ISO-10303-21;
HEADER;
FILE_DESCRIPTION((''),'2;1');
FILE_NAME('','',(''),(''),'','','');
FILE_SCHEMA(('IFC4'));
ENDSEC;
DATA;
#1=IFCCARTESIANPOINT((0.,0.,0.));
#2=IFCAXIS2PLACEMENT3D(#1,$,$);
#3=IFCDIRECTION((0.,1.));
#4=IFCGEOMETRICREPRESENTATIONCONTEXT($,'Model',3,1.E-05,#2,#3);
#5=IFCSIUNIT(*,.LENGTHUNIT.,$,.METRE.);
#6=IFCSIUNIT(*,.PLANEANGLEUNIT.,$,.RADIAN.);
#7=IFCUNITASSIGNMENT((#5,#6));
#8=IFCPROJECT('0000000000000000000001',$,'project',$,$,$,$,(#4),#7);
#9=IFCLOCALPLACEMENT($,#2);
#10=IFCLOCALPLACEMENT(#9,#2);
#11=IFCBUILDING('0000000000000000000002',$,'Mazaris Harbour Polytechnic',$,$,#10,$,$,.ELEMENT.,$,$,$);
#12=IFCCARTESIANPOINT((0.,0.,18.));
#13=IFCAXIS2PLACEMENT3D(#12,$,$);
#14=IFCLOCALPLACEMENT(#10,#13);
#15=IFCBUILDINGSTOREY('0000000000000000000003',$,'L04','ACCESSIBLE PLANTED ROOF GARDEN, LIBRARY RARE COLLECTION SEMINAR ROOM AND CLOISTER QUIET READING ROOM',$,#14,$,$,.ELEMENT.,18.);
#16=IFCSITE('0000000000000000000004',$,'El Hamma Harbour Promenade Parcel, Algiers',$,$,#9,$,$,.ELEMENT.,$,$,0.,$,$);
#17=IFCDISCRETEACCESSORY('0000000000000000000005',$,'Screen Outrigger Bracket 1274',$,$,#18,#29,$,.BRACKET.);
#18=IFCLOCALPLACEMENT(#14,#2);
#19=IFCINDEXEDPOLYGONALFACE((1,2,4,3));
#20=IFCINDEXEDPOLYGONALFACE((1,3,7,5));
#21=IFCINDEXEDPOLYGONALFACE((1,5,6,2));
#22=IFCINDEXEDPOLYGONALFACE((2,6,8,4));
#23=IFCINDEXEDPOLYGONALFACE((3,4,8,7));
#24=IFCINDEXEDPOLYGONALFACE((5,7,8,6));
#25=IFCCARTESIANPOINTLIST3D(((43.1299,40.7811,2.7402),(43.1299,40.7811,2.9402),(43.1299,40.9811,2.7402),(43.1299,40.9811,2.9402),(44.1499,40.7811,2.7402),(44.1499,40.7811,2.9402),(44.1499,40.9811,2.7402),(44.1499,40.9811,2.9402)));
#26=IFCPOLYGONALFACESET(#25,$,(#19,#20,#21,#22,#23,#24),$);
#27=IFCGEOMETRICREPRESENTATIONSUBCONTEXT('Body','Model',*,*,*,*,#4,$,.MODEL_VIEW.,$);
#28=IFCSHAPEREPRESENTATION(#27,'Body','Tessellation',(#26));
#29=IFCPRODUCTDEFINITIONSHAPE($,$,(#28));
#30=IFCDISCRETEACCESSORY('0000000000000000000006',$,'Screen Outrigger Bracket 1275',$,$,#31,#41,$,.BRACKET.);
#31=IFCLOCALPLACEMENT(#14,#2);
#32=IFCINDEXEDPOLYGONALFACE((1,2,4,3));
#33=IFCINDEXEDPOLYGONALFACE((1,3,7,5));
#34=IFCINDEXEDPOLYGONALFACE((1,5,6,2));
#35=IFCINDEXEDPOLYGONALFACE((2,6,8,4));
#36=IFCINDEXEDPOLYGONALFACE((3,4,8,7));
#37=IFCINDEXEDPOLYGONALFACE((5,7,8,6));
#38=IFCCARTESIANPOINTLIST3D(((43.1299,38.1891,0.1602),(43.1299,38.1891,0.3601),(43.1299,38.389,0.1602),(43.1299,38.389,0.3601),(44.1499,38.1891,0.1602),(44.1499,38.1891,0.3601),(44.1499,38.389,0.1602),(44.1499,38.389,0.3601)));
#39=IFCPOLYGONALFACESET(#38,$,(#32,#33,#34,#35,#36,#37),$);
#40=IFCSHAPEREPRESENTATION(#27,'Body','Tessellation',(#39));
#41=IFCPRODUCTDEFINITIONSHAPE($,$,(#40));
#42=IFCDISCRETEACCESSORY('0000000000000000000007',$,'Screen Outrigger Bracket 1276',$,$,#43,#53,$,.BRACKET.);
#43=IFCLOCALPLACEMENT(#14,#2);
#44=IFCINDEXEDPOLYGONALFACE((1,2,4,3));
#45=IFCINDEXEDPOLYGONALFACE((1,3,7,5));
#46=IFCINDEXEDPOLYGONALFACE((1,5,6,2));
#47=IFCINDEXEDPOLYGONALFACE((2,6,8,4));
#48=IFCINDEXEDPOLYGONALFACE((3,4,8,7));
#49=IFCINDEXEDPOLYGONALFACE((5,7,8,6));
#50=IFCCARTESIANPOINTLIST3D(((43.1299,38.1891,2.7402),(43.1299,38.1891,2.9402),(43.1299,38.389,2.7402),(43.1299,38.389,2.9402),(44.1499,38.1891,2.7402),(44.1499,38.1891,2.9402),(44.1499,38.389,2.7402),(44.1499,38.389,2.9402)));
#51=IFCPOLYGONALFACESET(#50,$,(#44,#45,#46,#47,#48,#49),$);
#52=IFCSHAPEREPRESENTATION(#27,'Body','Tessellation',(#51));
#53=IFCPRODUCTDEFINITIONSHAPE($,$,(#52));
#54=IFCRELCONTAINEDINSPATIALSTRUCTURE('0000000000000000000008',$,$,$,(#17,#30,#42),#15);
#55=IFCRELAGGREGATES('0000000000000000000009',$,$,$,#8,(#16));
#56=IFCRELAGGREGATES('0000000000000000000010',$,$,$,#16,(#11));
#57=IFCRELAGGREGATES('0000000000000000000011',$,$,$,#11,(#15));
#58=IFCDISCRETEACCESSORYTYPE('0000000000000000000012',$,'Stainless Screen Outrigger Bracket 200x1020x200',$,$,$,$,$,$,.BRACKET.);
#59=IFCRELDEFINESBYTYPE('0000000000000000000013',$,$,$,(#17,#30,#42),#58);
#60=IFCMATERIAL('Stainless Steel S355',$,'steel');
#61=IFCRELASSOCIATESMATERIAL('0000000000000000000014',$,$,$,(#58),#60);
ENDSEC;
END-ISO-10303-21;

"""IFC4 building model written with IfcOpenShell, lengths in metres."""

from ifc_helpers import new_model, si_unit, direction, frame, origin, origin_2d, place, context, subcontext, project, spatial, rectangle, extrude, material, type_object, element, save


model = new_model("IFC4")

# Units and contexts
model_context = context("Model", 3, precision=1e-05, world=origin(), true_north=direction((0.0, 1.0)))
body_context = subcontext(model_context, "Body", "Model", "MODEL_VIEW")
ifc_project = project(units=[si_unit("LENGTHUNIT", "METRE"), si_unit("PLANEANGLEUNIT", "RADIAN")], contexts=[model_context])

# Site, building, storey
site_placement = place(None, origin())
site = spatial("IfcSite", under=ifc_project, at=site_placement, Name="El Hamma Harbour Promenade Parcel, Algiers", CompositionType="ELEMENT", RefElevation=0.0)
building_placement = place(site_placement, origin())
building = spatial("IfcBuilding", under=site, at=building_placement, Name="Mazaris Harbour Polytechnic", CompositionType="ELEMENT")
storey_placement = place(building_placement, frame((0.0, 0.0, 18.0)))
storey = spatial("IfcBuildingStorey", under=building, at=storey_placement, Name="L04", Description="ACCESSIBLE PLANTED ROOF GARDEN, LIBRARY RARE COLLECTION SEMINAR ROOM AND CLOISTER QUIET READING ROOM", CompositionType="ELEMENT", Elevation=18.0)

# Discrete accessories
ifc_material_1 = material(Name="Stainless Steel S355", Category="steel")
discrete_accessory_type = type_object("IfcDiscreteAccessoryType", Name="Stainless Screen Outrigger Bracket 200x1020x200", PredefinedType="BRACKET", material=ifc_material_1)
for number, where, z_axis, x_axis, name in (
    (1, (43.6399, 40.8811, 2.7402), (0.0, 0.0, 1.0), (0.0, -1.0, 0.0), "Screen Outrigger Bracket 1274"),
    (2, (43.6399, 38.2891, 0.1602), (0.0, 0.0, 1.0), (0.0, -1.0, 0.0), "Screen Outrigger Bracket 1275"),
    (3, (43.6399, 38.2891, 2.7402), (0.0, 0.0, 1.0), (0.0, -1.0, 0.0), "Screen Outrigger Bracket 1276"),
):
    element("IfcDiscreteAccessory", number, at=place(storey_placement, frame(where, z_axis=z_axis, x_axis=x_axis)), inside=storey, type_object=discrete_accessory_type, Name=name, PredefinedType="BRACKET", context=body_context, shape_type="SweptSolid", body=[
        extrude(rectangle(XDim=0.2, YDim=1.02, at=origin_2d()), origin(), (0.0, 0.0, 1.0), 0.2),
    ])

save(model, "model.ifc")
